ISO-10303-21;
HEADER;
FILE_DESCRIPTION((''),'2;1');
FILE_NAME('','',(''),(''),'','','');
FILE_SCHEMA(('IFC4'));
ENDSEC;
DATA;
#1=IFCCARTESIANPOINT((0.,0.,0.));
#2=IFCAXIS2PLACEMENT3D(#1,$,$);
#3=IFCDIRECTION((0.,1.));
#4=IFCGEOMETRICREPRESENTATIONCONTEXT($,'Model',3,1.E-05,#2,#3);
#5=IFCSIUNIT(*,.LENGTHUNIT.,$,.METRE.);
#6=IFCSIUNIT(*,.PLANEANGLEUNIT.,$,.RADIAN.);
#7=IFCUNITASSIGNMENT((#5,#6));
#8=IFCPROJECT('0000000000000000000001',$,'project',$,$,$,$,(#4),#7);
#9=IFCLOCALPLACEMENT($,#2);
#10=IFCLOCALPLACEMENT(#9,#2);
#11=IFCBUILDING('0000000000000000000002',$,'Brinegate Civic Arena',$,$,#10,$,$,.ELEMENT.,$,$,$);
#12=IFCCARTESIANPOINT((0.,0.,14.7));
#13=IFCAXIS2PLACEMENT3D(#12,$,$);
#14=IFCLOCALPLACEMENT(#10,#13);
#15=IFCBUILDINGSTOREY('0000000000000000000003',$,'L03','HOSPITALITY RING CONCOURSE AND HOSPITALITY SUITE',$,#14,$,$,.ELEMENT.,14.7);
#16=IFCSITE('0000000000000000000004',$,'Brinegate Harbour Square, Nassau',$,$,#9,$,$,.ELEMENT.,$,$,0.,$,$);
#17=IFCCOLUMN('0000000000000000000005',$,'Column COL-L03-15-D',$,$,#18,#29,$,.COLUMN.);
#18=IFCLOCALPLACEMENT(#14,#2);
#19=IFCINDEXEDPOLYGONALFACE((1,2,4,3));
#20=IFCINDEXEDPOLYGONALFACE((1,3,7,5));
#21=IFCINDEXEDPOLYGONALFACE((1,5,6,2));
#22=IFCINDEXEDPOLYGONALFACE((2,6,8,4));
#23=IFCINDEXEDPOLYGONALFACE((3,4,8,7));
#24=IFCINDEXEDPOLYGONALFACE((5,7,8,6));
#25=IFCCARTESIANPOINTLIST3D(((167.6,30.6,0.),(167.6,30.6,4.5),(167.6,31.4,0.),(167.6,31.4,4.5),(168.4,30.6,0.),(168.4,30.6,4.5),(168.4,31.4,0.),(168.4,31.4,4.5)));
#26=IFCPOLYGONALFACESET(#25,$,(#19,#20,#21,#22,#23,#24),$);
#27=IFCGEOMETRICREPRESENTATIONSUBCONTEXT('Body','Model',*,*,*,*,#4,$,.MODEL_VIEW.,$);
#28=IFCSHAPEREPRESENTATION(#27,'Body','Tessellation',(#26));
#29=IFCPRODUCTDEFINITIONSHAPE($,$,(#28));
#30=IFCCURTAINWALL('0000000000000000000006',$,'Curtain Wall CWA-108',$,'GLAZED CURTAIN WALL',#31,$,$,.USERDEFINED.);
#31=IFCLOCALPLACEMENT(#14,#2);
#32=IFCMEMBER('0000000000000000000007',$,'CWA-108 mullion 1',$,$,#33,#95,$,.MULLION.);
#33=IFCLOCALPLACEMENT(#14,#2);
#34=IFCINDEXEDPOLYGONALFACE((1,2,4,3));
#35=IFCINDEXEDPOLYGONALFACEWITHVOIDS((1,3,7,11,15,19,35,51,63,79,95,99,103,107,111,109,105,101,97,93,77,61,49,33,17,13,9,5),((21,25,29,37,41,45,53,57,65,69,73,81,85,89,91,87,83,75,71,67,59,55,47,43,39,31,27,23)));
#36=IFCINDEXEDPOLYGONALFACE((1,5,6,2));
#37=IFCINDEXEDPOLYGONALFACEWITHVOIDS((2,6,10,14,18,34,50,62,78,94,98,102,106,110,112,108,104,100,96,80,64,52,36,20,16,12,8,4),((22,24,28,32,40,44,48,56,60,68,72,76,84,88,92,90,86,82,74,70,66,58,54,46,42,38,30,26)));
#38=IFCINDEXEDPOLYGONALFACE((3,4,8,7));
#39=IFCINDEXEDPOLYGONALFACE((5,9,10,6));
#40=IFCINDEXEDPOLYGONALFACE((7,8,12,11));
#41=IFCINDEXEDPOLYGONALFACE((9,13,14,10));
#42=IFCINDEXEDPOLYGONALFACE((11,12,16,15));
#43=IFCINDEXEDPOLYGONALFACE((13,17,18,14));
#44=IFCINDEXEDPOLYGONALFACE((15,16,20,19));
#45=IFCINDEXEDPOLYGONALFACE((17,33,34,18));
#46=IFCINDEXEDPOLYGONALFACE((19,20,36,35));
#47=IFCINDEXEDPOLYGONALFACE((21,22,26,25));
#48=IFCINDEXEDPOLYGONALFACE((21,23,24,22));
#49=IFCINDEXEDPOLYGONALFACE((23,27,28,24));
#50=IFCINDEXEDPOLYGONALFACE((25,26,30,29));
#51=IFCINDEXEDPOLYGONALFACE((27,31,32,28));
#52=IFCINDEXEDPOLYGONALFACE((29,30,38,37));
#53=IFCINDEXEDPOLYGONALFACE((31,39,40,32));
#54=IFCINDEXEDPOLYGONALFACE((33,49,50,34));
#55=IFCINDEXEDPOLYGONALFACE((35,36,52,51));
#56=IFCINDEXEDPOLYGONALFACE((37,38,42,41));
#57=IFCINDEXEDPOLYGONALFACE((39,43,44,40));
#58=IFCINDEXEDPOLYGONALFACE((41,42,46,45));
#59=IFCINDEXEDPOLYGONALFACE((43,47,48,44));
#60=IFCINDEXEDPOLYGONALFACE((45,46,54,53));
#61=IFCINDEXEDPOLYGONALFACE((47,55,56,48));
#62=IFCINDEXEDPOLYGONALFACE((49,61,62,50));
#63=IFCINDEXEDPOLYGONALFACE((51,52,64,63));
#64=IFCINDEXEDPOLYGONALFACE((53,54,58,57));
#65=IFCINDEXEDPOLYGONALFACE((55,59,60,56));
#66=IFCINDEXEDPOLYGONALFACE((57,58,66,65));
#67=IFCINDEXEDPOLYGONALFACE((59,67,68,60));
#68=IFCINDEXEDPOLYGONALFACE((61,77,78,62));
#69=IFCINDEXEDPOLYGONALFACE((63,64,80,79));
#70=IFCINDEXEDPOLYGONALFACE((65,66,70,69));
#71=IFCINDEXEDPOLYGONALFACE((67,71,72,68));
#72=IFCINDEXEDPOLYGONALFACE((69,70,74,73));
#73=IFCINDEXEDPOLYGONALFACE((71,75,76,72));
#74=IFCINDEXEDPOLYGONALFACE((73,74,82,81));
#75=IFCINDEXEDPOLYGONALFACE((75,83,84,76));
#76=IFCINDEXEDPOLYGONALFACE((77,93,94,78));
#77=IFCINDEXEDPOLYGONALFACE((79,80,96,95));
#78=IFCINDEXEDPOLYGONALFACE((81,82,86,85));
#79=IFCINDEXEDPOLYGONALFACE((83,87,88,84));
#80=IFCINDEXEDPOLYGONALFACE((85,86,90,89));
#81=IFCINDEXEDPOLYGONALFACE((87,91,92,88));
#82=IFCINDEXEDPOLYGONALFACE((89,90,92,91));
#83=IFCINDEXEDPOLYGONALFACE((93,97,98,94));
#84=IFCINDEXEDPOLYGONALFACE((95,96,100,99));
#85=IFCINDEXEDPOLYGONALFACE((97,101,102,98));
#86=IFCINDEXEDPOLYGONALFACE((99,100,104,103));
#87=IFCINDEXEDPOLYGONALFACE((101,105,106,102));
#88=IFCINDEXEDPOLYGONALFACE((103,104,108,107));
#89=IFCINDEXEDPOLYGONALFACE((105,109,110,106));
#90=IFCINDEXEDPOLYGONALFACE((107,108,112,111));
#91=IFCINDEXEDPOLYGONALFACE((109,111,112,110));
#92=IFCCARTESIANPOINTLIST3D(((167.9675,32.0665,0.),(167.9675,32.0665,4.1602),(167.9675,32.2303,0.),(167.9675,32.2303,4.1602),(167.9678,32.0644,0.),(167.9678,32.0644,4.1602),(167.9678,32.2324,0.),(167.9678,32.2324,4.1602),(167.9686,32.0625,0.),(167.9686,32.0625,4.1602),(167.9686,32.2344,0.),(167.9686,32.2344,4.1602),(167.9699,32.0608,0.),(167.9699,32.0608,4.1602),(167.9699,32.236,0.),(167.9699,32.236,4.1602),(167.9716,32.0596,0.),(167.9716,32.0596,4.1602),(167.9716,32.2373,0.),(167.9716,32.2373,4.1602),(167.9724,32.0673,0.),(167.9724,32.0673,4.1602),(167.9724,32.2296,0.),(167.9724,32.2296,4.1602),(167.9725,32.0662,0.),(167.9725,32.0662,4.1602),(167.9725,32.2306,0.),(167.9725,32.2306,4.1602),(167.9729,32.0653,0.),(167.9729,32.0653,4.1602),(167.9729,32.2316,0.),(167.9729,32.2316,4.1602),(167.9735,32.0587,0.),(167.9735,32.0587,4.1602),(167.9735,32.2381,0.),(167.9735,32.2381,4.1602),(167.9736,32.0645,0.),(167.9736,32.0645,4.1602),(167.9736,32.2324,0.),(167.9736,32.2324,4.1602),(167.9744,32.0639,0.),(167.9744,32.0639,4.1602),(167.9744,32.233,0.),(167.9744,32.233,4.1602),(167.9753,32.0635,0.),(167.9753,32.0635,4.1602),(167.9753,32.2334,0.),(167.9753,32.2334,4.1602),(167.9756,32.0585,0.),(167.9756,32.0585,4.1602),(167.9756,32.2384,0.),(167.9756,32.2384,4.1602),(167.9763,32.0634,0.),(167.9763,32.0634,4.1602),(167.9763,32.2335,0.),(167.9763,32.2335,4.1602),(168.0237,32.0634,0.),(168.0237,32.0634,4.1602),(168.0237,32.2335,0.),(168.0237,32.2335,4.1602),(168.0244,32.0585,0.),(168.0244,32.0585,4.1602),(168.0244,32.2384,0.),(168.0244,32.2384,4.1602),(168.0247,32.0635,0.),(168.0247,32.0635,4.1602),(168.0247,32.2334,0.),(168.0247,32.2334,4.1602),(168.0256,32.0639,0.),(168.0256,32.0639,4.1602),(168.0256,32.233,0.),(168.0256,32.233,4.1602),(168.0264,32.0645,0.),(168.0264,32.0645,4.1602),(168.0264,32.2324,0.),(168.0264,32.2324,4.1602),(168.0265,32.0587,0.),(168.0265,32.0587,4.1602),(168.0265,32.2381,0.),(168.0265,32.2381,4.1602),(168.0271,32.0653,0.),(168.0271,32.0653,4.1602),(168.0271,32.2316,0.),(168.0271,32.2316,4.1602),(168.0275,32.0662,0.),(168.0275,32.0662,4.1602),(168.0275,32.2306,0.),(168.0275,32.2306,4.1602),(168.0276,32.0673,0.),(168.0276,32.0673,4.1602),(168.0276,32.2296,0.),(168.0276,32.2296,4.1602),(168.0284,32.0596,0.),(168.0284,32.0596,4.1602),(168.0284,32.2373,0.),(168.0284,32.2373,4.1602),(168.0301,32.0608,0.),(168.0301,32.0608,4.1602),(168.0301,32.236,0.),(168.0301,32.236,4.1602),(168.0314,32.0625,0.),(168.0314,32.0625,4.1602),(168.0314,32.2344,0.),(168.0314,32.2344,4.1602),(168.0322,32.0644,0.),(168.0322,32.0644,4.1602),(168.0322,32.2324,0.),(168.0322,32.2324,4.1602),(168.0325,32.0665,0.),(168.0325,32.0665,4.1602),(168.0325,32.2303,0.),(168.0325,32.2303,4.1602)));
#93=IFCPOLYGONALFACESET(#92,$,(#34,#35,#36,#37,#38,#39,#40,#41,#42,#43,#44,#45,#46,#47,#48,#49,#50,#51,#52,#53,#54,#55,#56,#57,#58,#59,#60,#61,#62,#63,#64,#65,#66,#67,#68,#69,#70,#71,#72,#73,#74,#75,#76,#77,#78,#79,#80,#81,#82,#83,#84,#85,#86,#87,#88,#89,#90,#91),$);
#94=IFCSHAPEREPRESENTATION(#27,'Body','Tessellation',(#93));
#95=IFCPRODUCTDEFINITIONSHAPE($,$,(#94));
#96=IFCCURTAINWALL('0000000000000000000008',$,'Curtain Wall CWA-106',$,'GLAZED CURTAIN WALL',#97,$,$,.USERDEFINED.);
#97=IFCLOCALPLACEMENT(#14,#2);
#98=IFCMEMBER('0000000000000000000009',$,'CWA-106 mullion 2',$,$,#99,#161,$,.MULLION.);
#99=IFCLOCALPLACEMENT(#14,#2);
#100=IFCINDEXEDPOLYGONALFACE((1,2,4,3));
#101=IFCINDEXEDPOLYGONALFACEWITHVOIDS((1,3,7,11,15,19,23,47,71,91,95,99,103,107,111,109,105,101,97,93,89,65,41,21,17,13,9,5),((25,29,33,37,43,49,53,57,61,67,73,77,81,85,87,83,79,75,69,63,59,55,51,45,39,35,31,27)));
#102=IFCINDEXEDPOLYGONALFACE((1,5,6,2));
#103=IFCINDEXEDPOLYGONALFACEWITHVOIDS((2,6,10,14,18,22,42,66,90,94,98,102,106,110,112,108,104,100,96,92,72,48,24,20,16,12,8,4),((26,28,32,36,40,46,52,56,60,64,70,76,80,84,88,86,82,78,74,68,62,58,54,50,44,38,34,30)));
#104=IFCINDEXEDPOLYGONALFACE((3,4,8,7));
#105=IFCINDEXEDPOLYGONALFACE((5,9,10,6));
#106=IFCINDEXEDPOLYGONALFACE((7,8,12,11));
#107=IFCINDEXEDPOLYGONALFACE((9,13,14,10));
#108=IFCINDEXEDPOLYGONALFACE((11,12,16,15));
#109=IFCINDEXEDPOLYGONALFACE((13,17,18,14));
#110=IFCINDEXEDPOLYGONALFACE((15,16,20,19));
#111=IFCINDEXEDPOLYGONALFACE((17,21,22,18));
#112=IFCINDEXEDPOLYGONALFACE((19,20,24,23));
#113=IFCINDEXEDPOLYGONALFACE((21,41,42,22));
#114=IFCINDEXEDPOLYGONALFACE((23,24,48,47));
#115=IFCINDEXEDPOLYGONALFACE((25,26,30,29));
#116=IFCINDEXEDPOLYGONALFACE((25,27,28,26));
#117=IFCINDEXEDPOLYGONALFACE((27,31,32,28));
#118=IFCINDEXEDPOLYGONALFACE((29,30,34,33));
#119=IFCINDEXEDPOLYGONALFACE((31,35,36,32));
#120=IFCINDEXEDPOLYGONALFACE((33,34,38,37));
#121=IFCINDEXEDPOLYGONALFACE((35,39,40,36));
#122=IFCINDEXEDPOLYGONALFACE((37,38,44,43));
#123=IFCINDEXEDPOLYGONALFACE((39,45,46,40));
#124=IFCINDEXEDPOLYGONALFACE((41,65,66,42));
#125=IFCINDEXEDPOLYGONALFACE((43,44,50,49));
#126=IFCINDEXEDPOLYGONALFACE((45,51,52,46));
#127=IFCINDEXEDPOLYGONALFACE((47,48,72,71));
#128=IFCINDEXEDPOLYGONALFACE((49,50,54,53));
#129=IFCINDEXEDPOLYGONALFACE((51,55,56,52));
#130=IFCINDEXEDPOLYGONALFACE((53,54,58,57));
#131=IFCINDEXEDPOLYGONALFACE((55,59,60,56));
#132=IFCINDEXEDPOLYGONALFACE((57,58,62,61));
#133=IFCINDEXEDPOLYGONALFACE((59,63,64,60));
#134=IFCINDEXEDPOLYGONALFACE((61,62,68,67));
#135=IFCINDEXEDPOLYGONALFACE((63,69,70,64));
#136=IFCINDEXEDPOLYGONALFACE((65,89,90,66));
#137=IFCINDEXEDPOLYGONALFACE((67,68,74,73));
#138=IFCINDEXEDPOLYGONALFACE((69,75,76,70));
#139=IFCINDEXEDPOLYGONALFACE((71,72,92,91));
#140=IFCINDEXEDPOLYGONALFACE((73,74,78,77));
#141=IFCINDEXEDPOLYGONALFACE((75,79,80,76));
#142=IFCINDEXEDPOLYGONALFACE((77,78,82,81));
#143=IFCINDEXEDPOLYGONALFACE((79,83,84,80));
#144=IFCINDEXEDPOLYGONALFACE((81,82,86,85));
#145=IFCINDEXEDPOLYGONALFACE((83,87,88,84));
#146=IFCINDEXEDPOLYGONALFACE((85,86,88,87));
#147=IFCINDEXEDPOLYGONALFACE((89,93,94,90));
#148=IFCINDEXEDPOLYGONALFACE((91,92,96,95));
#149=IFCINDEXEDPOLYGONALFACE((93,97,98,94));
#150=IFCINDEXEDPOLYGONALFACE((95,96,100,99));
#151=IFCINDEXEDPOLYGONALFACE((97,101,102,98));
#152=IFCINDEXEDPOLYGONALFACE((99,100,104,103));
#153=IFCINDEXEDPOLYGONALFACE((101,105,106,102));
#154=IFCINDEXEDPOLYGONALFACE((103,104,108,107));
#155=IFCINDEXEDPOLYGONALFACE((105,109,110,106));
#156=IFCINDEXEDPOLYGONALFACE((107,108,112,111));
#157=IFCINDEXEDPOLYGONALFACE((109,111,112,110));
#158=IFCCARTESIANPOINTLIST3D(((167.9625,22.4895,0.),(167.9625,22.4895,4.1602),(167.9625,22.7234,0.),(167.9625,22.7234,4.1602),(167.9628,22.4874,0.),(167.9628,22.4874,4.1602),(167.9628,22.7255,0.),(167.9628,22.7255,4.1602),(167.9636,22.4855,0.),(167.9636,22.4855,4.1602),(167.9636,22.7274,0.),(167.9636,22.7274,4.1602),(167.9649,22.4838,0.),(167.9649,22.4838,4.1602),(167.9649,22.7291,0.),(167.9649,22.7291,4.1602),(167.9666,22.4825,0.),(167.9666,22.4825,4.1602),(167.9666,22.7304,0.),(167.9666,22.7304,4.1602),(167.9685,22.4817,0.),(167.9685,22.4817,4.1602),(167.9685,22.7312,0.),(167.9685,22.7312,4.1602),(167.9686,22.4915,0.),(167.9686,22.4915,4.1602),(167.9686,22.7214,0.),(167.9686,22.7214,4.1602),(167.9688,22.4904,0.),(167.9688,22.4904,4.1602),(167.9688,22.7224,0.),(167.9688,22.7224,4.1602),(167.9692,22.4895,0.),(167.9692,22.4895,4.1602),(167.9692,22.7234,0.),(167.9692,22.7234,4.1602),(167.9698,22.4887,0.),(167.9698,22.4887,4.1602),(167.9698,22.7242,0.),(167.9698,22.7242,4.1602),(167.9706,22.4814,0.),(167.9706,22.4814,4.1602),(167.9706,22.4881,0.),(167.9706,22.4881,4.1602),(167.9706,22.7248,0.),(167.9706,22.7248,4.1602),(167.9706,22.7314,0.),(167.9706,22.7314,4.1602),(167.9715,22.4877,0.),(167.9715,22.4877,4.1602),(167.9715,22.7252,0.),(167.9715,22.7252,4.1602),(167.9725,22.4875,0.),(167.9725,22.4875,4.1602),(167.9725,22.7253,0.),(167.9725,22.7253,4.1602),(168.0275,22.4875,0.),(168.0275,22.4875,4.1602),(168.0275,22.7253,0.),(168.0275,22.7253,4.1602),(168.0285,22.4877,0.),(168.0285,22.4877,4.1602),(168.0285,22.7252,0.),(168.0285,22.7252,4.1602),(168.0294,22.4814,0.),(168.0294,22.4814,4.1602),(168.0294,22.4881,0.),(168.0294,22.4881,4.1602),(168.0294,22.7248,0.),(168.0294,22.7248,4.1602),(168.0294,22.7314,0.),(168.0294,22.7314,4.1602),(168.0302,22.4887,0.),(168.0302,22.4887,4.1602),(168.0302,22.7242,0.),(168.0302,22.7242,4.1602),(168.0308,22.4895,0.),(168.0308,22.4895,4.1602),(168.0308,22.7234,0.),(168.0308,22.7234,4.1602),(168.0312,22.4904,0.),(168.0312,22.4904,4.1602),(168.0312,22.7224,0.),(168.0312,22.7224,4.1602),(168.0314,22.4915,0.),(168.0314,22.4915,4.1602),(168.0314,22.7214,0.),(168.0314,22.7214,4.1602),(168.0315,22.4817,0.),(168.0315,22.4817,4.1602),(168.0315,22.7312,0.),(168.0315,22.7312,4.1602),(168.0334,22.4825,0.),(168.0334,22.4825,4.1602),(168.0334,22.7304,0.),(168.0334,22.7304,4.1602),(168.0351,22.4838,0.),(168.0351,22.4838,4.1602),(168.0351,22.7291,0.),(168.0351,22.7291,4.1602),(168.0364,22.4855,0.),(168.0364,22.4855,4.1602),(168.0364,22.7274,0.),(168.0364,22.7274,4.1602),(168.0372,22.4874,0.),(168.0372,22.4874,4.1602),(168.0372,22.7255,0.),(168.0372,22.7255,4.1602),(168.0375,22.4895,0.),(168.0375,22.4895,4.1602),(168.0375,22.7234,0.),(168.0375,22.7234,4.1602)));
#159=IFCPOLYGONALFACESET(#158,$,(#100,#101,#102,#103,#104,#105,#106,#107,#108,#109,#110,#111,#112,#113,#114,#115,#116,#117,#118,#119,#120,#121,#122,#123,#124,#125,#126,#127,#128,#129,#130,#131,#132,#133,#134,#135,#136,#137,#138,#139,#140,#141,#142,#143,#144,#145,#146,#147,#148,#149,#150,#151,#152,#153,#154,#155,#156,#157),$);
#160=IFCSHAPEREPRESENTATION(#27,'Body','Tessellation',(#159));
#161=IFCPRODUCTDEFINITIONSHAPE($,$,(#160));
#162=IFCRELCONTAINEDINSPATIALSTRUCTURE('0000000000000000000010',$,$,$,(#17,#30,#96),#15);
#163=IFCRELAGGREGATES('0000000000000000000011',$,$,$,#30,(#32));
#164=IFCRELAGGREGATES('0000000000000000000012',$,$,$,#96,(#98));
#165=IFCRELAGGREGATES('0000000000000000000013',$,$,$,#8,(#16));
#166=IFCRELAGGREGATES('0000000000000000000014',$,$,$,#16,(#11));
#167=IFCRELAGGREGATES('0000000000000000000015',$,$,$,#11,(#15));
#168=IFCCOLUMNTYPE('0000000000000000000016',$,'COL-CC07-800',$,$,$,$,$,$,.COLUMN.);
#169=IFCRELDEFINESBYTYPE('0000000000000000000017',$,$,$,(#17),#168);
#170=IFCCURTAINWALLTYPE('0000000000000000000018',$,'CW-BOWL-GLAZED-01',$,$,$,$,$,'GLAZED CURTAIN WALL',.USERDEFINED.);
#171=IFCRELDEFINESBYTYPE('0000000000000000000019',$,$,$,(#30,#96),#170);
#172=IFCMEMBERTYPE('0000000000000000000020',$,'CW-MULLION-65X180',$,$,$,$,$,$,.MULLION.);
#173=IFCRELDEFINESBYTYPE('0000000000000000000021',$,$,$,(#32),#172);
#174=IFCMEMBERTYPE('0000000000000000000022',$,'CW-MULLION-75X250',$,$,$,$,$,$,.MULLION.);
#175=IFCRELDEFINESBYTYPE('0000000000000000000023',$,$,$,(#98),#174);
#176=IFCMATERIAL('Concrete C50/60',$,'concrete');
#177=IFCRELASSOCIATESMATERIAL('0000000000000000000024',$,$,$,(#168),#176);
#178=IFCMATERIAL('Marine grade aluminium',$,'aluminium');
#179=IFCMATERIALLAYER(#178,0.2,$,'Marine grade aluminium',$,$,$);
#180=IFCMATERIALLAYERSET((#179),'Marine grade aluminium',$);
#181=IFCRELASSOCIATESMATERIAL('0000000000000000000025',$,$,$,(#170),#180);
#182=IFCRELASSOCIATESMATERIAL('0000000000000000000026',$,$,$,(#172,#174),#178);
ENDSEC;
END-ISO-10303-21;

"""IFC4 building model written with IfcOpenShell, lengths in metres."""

from ifc_helpers import new_model, si_unit, direction, frame, origin, origin_2d, place, context, subcontext, project, spatial, rectangle, hollow_rectangle, extrude, material, layer, layer_set, material_profile, profile_set, type_object, element, aggregate, save


model = new_model("IFC4")

# Units and contexts
model_context = context("Model", 3, precision=1e-05, world=origin(), true_north=direction((0.0, 1.0)))
body_context = subcontext(model_context, "Body", "Model", "MODEL_VIEW")
ifc_project = project(units=[si_unit("LENGTHUNIT", "METRE"), si_unit("PLANEANGLEUNIT", "RADIAN")], contexts=[model_context])

# Site, building, storey
site_placement = place(None, origin())
site = spatial("IfcSite", under=ifc_project, at=site_placement, Name="Brinegate Harbour Square, Nassau", CompositionType="ELEMENT", RefElevation=0.0)
building_placement = place(site_placement, origin())
building = spatial("IfcBuilding", under=site, at=building_placement, Name="Brinegate Civic Arena", CompositionType="ELEMENT")
storey_placement = place(building_placement, frame((0.0, 0.0, 14.7)))
storey = spatial("IfcBuildingStorey", under=building, at=storey_placement, Name="L03", Description="HOSPITALITY RING CONCOURSE AND HOSPITALITY SUITE", CompositionType="ELEMENT", Elevation=14.7)

# Column
ifc_material_1 = material(Name="Concrete C50/60", Category="concrete")
ifc_material_profile_1 = material_profile(ifc_material_1, rectangle(XDim=0.8, YDim=0.8, at=origin_2d()), Name="RC800X800")
ifc_profile_set_1 = profile_set([ifc_material_profile_1], Name="Concrete C50/60")
column_type = type_object("IfcColumnType", Name="COL-CC07-800", PredefinedType="COLUMN", material=ifc_profile_set_1)
column_placement = place(storey_placement, frame((168.0, 31.0, 0.0), z_axis=(0.0, 0.0, 1.0), x_axis=(1.0, 0.0, 0.0)))
element("IfcColumn", 1, at=column_placement, inside=storey, type_object=column_type, Name="Column COL-L03-15-D", PredefinedType="COLUMN", context=body_context, shape_type="SweptSolid", body=[
    extrude(rectangle(XDim=0.8, YDim=0.8, at=origin_2d()), origin(), (0.0, 0.0, 1.0), 4.5),
])

# Curtain wall, member
ifc_material_2 = material(Name="Marine grade aluminium", Category="aluminium")
ifc_layer_1 = layer(ifc_material_2, 0.2, Name="Marine grade aluminium")
ifc_layer_set_1 = layer_set([ifc_layer_1], Name="Marine grade aluminium")
curtain_wall_type = type_object("IfcCurtainWallType", Name="CW-BOWL-GLAZED-01", ElementType="GLAZED CURTAIN WALL", PredefinedType="USERDEFINED", material=ifc_layer_set_1)
curtain_wall_1_placement = place(storey_placement, origin())
curtain_wall_1 = element("IfcCurtainWall", 2, at=curtain_wall_1_placement, inside=storey, type_object=curtain_wall_type, Name="Curtain Wall CWA-108", ObjectType="GLAZED CURTAIN WALL", PredefinedType="USERDEFINED")
ifc_material_profile_2 = material_profile(ifc_material_2, hollow_rectangle(XDim=0.0649, YDim=0.1799, WallThickness=0.0049, InnerFilletRadius=0.0039, OuterFilletRadius=0.0081, at=origin_2d()), Name="MUL65X180")
ifc_profile_set_2 = profile_set([ifc_material_profile_2], Name="Marine grade aluminium")
member_type_1 = type_object("IfcMemberType", Name="CW-MULLION-65X180", PredefinedType="MULLION", material=ifc_profile_set_2)
member_1_placement = place(storey_placement, frame((168.0, 32.1484, 0.0), z_axis=(0.0, 0.0, 1.0), x_axis=(-1.0, 0.0, 0.0)))
member_1 = element("IfcMember", 3, at=member_1_placement, type_object=member_type_1, Name="CWA-108 mullion 1", PredefinedType="MULLION", context=body_context, shape_type="SweptSolid", body=[
    extrude(hollow_rectangle(XDim=0.0649, YDim=0.1799, WallThickness=0.0049, InnerFilletRadius=0.0039, OuterFilletRadius=0.0081, at=origin_2d()), origin(), (0.0, 0.0, 1.0), 4.1602),
])
aggregate(curtain_wall_1, [member_1])

# Curtain wall, member
curtain_wall_2_placement = place(storey_placement, origin())
curtain_wall_2 = element("IfcCurtainWall", 4, at=curtain_wall_2_placement, inside=storey, type_object=curtain_wall_type, Name="Curtain Wall CWA-106", ObjectType="GLAZED CURTAIN WALL", PredefinedType="USERDEFINED")
ifc_material_profile_3 = material_profile(ifc_material_2, hollow_rectangle(XDim=0.075, YDim=0.25, WallThickness=0.0061, InnerFilletRadius=0.0039, OuterFilletRadius=0.0081, at=origin_2d()), Name="MUL75X250")
ifc_profile_set_3 = profile_set([ifc_material_profile_3], Name="Marine grade aluminium")
member_type_2 = type_object("IfcMemberType", Name="CW-MULLION-75X250", PredefinedType="MULLION", material=ifc_profile_set_3)
member_2_placement = place(storey_placement, frame((168.0, 22.6064, 0.0), z_axis=(0.0, 0.0, 1.0), x_axis=(-1.0, 0.0, 0.0)))
member_2 = element("IfcMember", 5, at=member_2_placement, type_object=member_type_2, Name="CWA-106 mullion 2", PredefinedType="MULLION", context=body_context, shape_type="SweptSolid", body=[
    extrude(hollow_rectangle(XDim=0.075, YDim=0.25, WallThickness=0.0061, InnerFilletRadius=0.0039, OuterFilletRadius=0.0081, at=origin_2d()), origin(), (0.0, 0.0, 1.0), 4.1602),
])

aggregate(curtain_wall_2, [member_2])

save(model, "model.ifc")
